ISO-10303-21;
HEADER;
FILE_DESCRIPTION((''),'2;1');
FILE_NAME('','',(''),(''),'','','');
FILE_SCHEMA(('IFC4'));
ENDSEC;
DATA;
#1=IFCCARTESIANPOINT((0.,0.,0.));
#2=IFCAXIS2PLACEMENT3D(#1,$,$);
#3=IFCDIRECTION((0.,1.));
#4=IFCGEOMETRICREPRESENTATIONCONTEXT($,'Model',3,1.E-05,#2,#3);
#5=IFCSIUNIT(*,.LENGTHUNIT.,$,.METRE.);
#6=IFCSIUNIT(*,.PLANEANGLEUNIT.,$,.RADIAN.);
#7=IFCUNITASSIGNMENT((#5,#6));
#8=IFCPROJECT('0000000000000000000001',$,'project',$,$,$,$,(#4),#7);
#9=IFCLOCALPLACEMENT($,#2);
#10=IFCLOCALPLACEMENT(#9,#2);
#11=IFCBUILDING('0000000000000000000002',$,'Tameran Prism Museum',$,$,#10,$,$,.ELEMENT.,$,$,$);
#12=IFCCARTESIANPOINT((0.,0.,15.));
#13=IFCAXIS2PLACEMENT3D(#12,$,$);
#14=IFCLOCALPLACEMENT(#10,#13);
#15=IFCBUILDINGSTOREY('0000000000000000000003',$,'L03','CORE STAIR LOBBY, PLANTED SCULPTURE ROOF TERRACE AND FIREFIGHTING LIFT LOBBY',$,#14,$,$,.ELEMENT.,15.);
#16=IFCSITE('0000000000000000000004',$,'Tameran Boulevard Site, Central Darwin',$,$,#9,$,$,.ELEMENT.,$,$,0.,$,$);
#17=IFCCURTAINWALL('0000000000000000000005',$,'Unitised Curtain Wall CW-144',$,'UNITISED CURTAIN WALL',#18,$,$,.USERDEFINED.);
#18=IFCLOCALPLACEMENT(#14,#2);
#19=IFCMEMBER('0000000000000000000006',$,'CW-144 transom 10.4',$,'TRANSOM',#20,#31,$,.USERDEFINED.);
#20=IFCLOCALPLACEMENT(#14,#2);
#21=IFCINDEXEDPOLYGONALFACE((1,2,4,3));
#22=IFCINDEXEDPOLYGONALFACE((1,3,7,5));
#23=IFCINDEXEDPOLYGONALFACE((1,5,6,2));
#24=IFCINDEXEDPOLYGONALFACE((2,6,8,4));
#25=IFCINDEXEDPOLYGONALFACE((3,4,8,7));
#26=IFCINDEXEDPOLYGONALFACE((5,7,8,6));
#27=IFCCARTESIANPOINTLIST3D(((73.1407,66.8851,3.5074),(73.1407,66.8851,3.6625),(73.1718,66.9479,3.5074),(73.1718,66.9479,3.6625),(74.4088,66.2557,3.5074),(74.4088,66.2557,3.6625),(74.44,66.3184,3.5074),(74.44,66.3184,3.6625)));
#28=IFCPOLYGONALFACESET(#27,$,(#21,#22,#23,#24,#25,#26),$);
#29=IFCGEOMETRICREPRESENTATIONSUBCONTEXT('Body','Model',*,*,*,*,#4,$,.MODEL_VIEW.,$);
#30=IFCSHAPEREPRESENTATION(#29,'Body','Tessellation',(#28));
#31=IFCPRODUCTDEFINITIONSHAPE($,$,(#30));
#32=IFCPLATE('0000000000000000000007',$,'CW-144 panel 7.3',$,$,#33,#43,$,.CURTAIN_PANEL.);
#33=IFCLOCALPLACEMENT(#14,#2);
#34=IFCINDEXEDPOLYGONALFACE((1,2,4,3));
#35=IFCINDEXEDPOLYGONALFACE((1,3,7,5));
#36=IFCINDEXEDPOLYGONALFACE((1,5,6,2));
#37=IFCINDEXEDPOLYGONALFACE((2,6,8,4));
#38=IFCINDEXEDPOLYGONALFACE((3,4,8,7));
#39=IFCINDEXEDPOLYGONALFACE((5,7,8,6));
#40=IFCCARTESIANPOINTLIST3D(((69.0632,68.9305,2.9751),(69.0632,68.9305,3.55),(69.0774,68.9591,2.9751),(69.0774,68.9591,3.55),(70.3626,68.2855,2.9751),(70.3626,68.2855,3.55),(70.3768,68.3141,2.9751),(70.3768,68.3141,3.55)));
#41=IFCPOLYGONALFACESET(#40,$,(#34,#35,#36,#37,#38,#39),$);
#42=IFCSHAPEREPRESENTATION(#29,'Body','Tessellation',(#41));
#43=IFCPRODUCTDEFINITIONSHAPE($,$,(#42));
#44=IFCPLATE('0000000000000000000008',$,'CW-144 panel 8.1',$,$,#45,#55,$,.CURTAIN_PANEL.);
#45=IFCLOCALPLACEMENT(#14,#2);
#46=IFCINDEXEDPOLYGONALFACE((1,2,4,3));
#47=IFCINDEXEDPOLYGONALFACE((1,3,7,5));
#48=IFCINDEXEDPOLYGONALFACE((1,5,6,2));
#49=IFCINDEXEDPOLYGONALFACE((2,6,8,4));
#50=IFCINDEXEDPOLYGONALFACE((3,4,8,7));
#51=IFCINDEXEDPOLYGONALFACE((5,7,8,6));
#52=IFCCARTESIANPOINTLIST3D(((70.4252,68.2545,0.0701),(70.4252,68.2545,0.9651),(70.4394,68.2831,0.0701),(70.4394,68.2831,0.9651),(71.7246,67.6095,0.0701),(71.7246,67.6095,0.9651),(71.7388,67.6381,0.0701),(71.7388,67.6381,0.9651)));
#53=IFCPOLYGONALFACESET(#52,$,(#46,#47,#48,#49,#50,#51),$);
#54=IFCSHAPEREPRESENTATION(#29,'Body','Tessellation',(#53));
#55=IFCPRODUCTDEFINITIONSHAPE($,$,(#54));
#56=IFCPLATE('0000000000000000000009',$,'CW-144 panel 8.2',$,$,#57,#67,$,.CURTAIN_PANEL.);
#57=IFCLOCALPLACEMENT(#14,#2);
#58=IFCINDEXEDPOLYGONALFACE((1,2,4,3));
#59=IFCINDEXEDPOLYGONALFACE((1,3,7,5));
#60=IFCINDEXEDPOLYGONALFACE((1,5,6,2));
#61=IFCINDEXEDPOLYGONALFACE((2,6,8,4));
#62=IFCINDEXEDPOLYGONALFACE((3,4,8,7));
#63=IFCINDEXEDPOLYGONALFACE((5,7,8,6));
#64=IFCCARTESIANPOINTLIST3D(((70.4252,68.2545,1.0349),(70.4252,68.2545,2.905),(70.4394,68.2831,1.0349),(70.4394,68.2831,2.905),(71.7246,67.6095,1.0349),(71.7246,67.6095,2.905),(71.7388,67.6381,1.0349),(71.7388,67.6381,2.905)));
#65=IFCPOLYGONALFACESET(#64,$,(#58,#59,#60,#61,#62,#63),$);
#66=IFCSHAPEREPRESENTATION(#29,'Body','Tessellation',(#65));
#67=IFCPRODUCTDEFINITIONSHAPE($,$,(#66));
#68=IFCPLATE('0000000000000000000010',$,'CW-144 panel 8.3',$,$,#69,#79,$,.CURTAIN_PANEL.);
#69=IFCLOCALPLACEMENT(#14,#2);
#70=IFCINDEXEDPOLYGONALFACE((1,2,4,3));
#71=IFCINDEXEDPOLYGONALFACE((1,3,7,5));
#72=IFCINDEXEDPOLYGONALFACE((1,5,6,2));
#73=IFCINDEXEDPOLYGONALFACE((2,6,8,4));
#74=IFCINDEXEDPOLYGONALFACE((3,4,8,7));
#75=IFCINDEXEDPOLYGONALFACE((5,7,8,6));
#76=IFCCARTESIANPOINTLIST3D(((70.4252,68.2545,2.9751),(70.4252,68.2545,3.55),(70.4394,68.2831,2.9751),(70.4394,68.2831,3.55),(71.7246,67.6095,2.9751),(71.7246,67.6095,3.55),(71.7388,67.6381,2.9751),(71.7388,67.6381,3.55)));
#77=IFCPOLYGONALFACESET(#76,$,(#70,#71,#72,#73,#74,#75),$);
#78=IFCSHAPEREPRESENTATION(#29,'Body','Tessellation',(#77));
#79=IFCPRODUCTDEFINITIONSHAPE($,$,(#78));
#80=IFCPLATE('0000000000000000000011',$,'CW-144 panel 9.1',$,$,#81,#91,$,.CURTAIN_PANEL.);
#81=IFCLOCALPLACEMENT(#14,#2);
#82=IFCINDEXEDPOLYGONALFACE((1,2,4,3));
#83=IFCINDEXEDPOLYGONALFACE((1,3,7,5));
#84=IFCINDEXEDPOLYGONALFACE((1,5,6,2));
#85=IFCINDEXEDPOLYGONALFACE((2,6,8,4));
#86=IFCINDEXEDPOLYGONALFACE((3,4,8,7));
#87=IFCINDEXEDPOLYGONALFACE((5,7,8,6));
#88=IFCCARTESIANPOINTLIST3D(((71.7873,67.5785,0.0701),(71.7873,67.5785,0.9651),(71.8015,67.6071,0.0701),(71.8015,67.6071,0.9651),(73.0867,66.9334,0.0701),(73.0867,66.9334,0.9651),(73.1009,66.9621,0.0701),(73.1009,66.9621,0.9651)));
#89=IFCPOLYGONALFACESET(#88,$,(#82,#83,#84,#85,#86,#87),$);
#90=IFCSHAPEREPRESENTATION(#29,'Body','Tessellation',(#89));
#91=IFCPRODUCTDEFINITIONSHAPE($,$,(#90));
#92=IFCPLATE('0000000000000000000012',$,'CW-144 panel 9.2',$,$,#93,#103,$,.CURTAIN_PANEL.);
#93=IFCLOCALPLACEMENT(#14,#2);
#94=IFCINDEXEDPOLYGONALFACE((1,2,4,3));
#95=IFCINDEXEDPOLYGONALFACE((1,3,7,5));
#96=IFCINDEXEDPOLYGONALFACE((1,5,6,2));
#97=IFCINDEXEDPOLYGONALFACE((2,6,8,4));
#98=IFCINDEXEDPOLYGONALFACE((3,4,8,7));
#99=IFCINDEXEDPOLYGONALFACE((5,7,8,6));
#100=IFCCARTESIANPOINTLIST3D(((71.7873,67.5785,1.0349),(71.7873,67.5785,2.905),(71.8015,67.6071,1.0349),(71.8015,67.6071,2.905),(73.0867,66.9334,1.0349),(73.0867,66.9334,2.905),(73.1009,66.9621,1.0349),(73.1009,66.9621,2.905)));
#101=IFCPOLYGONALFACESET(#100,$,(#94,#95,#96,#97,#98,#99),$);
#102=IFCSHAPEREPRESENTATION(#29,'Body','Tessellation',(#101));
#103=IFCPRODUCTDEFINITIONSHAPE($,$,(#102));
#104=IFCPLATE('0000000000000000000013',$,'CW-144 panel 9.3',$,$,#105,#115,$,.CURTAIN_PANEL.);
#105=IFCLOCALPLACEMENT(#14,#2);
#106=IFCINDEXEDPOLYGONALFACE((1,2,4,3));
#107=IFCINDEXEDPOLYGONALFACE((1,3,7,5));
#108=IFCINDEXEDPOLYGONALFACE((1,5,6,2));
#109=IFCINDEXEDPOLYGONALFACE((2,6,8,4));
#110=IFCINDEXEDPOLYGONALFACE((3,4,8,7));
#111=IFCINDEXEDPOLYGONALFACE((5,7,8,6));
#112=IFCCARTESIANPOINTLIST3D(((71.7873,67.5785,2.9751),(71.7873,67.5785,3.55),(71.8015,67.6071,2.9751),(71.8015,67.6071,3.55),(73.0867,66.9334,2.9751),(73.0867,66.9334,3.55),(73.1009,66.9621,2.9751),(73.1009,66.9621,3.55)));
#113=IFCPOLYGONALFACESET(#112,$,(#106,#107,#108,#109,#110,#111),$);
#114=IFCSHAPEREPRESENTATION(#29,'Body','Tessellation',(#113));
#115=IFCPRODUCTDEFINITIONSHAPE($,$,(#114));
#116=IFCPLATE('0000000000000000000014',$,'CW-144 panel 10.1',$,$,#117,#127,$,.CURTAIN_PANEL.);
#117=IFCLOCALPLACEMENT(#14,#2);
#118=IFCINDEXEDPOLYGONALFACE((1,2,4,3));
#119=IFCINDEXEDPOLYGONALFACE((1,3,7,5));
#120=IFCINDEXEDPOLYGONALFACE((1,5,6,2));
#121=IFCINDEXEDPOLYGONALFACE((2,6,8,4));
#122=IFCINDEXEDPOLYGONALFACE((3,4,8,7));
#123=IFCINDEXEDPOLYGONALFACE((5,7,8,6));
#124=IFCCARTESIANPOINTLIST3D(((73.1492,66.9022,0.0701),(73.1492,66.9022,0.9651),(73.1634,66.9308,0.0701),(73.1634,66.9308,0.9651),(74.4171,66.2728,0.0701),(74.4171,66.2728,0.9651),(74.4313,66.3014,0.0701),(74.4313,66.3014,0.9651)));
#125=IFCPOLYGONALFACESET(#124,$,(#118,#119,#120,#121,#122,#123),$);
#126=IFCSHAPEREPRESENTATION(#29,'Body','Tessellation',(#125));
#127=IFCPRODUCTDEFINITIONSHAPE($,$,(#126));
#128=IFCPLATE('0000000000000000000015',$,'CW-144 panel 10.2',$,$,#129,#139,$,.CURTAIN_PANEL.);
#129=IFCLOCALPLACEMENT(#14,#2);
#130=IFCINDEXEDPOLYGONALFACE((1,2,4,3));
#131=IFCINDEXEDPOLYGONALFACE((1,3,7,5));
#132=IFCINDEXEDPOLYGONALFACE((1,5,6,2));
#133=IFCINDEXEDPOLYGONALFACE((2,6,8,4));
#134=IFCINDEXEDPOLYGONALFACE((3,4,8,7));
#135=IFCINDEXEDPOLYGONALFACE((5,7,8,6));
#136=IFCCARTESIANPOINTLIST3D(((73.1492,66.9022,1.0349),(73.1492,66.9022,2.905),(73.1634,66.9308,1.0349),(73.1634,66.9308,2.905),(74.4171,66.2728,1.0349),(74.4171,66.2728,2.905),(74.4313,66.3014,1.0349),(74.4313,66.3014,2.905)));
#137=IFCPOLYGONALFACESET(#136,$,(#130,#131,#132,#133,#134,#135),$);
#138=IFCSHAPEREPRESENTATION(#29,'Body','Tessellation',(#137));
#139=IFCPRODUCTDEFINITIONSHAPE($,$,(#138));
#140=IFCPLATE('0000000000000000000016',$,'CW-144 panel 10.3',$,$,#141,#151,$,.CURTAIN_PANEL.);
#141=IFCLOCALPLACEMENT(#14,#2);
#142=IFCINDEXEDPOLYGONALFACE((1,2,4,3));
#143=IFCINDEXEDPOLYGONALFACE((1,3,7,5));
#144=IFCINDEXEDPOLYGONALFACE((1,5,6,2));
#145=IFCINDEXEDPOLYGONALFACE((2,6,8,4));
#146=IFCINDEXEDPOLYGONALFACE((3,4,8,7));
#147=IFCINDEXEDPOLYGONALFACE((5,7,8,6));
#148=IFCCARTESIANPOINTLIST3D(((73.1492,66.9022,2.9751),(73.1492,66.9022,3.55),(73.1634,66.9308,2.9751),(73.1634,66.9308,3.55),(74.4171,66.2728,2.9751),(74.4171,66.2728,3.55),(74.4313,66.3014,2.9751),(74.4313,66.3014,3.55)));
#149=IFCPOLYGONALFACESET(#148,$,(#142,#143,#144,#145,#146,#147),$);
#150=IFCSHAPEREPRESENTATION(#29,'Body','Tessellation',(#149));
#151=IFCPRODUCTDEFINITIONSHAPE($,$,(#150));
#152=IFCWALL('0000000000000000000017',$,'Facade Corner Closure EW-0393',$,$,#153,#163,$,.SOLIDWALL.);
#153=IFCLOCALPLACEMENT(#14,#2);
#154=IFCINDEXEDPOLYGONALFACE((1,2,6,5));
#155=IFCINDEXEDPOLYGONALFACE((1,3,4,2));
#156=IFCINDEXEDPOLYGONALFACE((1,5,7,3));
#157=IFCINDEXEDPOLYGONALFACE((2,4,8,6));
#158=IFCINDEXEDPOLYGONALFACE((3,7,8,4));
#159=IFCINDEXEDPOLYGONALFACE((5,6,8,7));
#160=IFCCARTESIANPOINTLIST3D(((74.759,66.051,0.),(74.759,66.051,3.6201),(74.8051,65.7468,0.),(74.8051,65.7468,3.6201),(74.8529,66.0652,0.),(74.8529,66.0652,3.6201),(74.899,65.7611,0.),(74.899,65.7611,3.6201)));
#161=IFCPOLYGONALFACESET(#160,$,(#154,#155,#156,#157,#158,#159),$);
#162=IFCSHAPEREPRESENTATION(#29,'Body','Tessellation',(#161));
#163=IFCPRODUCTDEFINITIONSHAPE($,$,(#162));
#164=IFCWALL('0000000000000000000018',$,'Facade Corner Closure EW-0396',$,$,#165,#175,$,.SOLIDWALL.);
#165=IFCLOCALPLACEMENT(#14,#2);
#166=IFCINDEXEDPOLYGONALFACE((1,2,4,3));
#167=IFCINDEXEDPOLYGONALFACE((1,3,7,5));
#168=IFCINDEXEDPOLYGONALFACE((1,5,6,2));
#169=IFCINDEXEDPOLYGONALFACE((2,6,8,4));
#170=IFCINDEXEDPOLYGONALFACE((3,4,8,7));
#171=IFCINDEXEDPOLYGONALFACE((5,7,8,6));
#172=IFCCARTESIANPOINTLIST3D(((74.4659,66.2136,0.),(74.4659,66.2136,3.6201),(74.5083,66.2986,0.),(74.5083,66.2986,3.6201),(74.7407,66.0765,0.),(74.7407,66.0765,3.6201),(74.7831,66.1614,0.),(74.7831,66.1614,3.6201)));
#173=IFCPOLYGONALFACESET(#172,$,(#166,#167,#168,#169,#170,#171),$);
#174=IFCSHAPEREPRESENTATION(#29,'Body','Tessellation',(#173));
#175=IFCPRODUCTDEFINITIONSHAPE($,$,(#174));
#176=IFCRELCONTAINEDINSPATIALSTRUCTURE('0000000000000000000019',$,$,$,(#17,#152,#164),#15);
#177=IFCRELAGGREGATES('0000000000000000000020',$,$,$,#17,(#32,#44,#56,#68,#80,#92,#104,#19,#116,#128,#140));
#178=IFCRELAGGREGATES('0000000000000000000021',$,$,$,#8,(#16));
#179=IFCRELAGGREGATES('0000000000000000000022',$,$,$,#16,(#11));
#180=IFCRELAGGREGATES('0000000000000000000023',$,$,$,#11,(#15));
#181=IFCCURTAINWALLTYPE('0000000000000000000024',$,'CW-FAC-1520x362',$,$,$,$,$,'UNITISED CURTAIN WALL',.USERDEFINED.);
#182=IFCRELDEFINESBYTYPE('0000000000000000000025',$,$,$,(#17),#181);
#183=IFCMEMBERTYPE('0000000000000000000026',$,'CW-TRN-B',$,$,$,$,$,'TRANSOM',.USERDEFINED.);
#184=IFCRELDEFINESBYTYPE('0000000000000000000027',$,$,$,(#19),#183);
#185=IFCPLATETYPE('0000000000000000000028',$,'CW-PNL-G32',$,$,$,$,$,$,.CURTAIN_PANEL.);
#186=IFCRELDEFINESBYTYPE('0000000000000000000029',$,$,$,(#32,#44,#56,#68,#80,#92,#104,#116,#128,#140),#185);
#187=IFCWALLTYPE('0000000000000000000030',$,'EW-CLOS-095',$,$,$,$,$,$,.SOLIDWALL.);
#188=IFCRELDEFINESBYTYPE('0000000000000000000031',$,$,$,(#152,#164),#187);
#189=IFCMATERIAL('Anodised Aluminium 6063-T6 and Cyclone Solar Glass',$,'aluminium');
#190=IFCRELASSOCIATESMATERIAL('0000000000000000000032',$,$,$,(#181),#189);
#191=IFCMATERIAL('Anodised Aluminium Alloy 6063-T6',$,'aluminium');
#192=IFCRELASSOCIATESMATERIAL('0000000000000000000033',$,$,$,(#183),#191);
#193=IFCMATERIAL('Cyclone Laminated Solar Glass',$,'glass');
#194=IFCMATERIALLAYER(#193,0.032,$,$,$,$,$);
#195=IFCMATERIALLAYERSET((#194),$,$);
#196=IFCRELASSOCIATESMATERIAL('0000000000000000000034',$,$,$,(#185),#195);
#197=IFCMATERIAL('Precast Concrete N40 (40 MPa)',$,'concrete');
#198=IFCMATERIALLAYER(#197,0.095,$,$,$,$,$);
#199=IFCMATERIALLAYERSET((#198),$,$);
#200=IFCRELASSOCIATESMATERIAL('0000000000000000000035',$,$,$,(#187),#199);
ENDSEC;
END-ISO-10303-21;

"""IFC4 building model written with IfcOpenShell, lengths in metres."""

from ifc_helpers import new_model, si_unit, direction, frame, frame_2d, origin, origin_2d, place, context, subcontext, project, spatial, rectangle, extrude, material, layer, layer_set, material_profile, profile_set, type_object, element, aggregate, save


model = new_model("IFC4")

# Units and contexts
model_context = context("Model", 3, precision=1e-05, world=origin(), true_north=direction((0.0, 1.0)))
body_context = subcontext(model_context, "Body", "Model", "MODEL_VIEW")
ifc_project = project(units=[si_unit("LENGTHUNIT", "METRE"), si_unit("PLANEANGLEUNIT", "RADIAN")], contexts=[model_context])

# Site, building, storey
site_placement = place(None, origin())
site = spatial("IfcSite", under=ifc_project, at=site_placement, Name="Tameran Boulevard Site, Central Darwin", CompositionType="ELEMENT", RefElevation=0.0)
building_placement = place(site_placement, origin())
building = spatial("IfcBuilding", under=site, at=building_placement, Name="Tameran Prism Museum", CompositionType="ELEMENT")
storey_placement = place(building_placement, frame((0.0, 0.0, 15.0)))
storey = spatial("IfcBuildingStorey", under=building, at=storey_placement, Name="L03", Description="CORE STAIR LOBBY, PLANTED SCULPTURE ROOF TERRACE AND FIREFIGHTING LIFT LOBBY", CompositionType="ELEMENT", Elevation=15.0)

# Curtain wall
ifc_material_1 = material(Name="Anodised Aluminium 6063-T6 and Cyclone Solar Glass", Category="aluminium")
curtain_wall_type_1 = type_object("IfcCurtainWallType", Name="CW-FAC-1520x362", ElementType="UNITISED CURTAIN WALL", PredefinedType="USERDEFINED", material=ifc_material_1)
curtain_wall_1_placement = place(storey_placement, origin())
curtain_wall_1 = element("IfcCurtainWall", 1, at=curtain_wall_1_placement, inside=storey, type_object=curtain_wall_type_1, Name="Unitised Curtain Wall CW-144", ObjectType="UNITISED CURTAIN WALL", PredefinedType="USERDEFINED")

# Member
ifc_material_2 = material(Name="Anodised Aluminium Alloy 6063-T6", Category="aluminium")
ifc_material_profile_1 = material_profile(ifc_material_2, rectangle(XDim=0.0701, YDim=0.155, at=origin_2d()))
ifc_profile_set_1 = profile_set([ifc_material_profile_1])
member_type_1 = type_object("IfcMemberType", Name="CW-TRN-B", ElementType="TRANSOM", PredefinedType="USERDEFINED", material=ifc_profile_set_1)
member_1_placement = place(storey_placement, frame((73.1562, 66.9165, 3.585), z_axis=(0.895734, -0.44459, 0.0), x_axis=(0.44459, 0.895734, 0.0)))
member_1 = element("IfcMember", 2, at=member_1_placement, type_object=member_type_1, Name="CW-144 transom 10.4", ObjectType="TRANSOM", PredefinedType="USERDEFINED", context=body_context, shape_type="SweptSolid", body=[
    extrude(rectangle(XDim=0.0701, YDim=0.155, at=origin_2d()), origin(), (0.0, 0.0, 1.0), 1.4158),
])

# Plates
ifc_material_3 = material(Name="Cyclone Laminated Solar Glass", Category="glass")
ifc_layer_1 = layer(ifc_material_3, 0.032)
ifc_layer_set_1 = layer_set([ifc_layer_1])
plate_type = type_object("IfcPlateType", Name="CW-PNL-G32", PredefinedType="CURTAIN_PANEL", material=ifc_layer_set_1)
plate_1_placement = place(storey_placement, frame((69.72, 68.6223, 2.9751), z_axis=(0.0, 0.0, 1.0), x_axis=(0.895712, -0.444634, 0.0)))
plate_1 = element("IfcPlate", 3, at=plate_1_placement, type_object=plate_type, Name="CW-144 panel 7.3", PredefinedType="CURTAIN_PANEL", context=body_context, shape_type="SweptSolid", body=[
    extrude(rectangle(XDim=1.4507, YDim=0.032, at=origin_2d()), origin(), (0.0, 0.0, 1.0), 0.575),
])
plate_2_placement = place(storey_placement, frame((71.082, 67.9463, 0.0701), z_axis=(0.0, 0.0, 1.0), x_axis=(0.895712, -0.444634, 0.0)))
plate_2 = element("IfcPlate", 4, at=plate_2_placement, type_object=plate_type, Name="CW-144 panel 8.1", PredefinedType="CURTAIN_PANEL", context=body_context, shape_type="SweptSolid", body=[
    extrude(rectangle(XDim=1.4507, YDim=0.032, at=origin_2d()), origin(), (0.0, 0.0, 1.0), 0.895),
])
plate_3_placement = place(storey_placement, frame((71.082, 67.9463, 1.0349), z_axis=(0.0, 0.0, 1.0), x_axis=(0.895712, -0.444634, 0.0)))
plate_3 = element("IfcPlate", 5, at=plate_3_placement, type_object=plate_type, Name="CW-144 panel 8.2", PredefinedType="CURTAIN_PANEL", context=body_context, shape_type="SweptSolid", body=[
    extrude(rectangle(XDim=1.4507, YDim=0.032, at=origin_2d()), origin(), (0.0, 0.0, 1.0), 1.8701),
])
plate_4_placement = place(storey_placement, frame((71.082, 67.9463, 2.9751), z_axis=(0.0, 0.0, 1.0), x_axis=(0.895712, -0.444634, 0.0)))
plate_4 = element("IfcPlate", 6, at=plate_4_placement, type_object=plate_type, Name="CW-144 panel 8.3", PredefinedType="CURTAIN_PANEL", context=body_context, shape_type="SweptSolid", body=[
    extrude(rectangle(XDim=1.4507, YDim=0.032, at=origin_2d()), origin(), (0.0, 0.0, 1.0), 0.575),
])
plate_5_placement = place(storey_placement, frame((72.4441, 67.2703, 0.0701), z_axis=(0.0, 0.0, 1.0), x_axis=(0.895712, -0.444634, 0.0)))
plate_5 = element("IfcPlate", 7, at=plate_5_placement, type_object=plate_type, Name="CW-144 panel 9.1", PredefinedType="CURTAIN_PANEL", context=body_context, shape_type="SweptSolid", body=[
    extrude(rectangle(XDim=1.4507, YDim=0.032, at=origin_2d()), origin(), (0.0, 0.0, 1.0), 0.895),
])
plate_6_placement = place(storey_placement, frame((72.4441, 67.2703, 1.0349), z_axis=(0.0, 0.0, 1.0), x_axis=(0.895712, -0.444634, 0.0)))
plate_6 = element("IfcPlate", 8, at=plate_6_placement, type_object=plate_type, Name="CW-144 panel 9.2", PredefinedType="CURTAIN_PANEL", context=body_context, shape_type="SweptSolid", body=[
    extrude(rectangle(XDim=1.4507, YDim=0.032, at=origin_2d()), origin(), (0.0, 0.0, 1.0), 1.8701),
])
plate_7_placement = place(storey_placement, frame((72.4441, 67.2703, 2.9751), z_axis=(0.0, 0.0, 1.0), x_axis=(0.895712, -0.444634, 0.0)))
plate_7 = element("IfcPlate", 9, at=plate_7_placement, type_object=plate_type, Name="CW-144 panel 9.3", PredefinedType="CURTAIN_PANEL", context=body_context, shape_type="SweptSolid", body=[
    extrude(rectangle(XDim=1.4507, YDim=0.032, at=origin_2d()), origin(), (0.0, 0.0, 1.0), 0.575),
])
plate_8_placement = place(storey_placement, frame((73.7903, 66.6018, 0.0701), z_axis=(0.0, 0.0, 1.0), x_axis=(0.895712, -0.444634, 0.0)))
plate_8 = element("IfcPlate", 10, at=plate_8_placement, type_object=plate_type, Name="CW-144 panel 10.1", PredefinedType="CURTAIN_PANEL", context=body_context, shape_type="SweptSolid", body=[
    extrude(rectangle(XDim=1.4155, YDim=0.032, at=origin_2d()), origin(), (0.0, 0.0, 1.0), 0.895),
])
plate_9_placement = place(storey_placement, frame((73.7903, 66.6018, 1.0349), z_axis=(0.0, 0.0, 1.0), x_axis=(0.895712, -0.444634, 0.0)))
plate_9 = element("IfcPlate", 11, at=plate_9_placement, type_object=plate_type, Name="CW-144 panel 10.2", PredefinedType="CURTAIN_PANEL", context=body_context, shape_type="SweptSolid", body=[
    extrude(rectangle(XDim=1.4155, YDim=0.032, at=origin_2d()), origin(), (0.0, 0.0, 1.0), 1.8701),
])
plate_10_placement = place(storey_placement, frame((73.7903, 66.6018, 2.9751), z_axis=(0.0, 0.0, 1.0), x_axis=(0.895712, -0.444634, 0.0)))
plate_10 = element("IfcPlate", 12, at=plate_10_placement, type_object=plate_type, Name="CW-144 panel 10.3", PredefinedType="CURTAIN_PANEL", context=body_context, shape_type="SweptSolid", body=[
    extrude(rectangle(XDim=1.4155, YDim=0.032, at=origin_2d()), origin(), (0.0, 0.0, 1.0), 0.575),
])
aggregate(curtain_wall_1, [plate_1, plate_2, plate_3, plate_4, plate_5, plate_6, plate_7, member_1, plate_8, plate_9, plate_10])

# Walls
ifc_material_4 = material(Name="Precast Concrete N40 (40 MPa)", Category="concrete")
ifc_layer_2 = layer(ifc_material_4, 0.095)
ifc_layer_set_2 = layer_set([ifc_layer_2])
wall_type = type_object("IfcWallType", Name="EW-CLOS-095", PredefinedType="SOLIDWALL", material=ifc_layer_set_2)
wall_1_placement = place(storey_placement, frame((74.8059, 66.0581, 0.0), z_axis=(0.0, 0.0, 1.0), x_axis=(0.14997, -0.988691, 0.0)))
element("IfcWall", 13, at=wall_1_placement, inside=storey, type_object=wall_type, Name="Facade Corner Closure EW-0393", PredefinedType="SOLIDWALL", context=body_context, shape_type="SweptSolid", body=[
    extrude(rectangle(XDim=0.3076, YDim=0.095, at=frame_2d((0.1538, 0.0))), origin(), (0.0, 0.0, 1.0), 3.6201),
])
wall_2_placement = place(storey_placement, frame((74.4871, 66.2561, 0.0), z_axis=(0.0, 0.0, 1.0), x_axis=(0.894745, -0.446578, 0.0)))
element("IfcWall", 14, at=wall_2_placement, inside=storey, type_object=wall_type, Name="Facade Corner Closure EW-0396", PredefinedType="SOLIDWALL", context=body_context, shape_type="SweptSolid", body=[
    extrude(rectangle(XDim=0.3071, YDim=0.095, at=frame_2d((0.1536, 0.0))), origin(), (0.0, 0.0, 1.0), 3.6201),
])

save(model, "model.ifc")
